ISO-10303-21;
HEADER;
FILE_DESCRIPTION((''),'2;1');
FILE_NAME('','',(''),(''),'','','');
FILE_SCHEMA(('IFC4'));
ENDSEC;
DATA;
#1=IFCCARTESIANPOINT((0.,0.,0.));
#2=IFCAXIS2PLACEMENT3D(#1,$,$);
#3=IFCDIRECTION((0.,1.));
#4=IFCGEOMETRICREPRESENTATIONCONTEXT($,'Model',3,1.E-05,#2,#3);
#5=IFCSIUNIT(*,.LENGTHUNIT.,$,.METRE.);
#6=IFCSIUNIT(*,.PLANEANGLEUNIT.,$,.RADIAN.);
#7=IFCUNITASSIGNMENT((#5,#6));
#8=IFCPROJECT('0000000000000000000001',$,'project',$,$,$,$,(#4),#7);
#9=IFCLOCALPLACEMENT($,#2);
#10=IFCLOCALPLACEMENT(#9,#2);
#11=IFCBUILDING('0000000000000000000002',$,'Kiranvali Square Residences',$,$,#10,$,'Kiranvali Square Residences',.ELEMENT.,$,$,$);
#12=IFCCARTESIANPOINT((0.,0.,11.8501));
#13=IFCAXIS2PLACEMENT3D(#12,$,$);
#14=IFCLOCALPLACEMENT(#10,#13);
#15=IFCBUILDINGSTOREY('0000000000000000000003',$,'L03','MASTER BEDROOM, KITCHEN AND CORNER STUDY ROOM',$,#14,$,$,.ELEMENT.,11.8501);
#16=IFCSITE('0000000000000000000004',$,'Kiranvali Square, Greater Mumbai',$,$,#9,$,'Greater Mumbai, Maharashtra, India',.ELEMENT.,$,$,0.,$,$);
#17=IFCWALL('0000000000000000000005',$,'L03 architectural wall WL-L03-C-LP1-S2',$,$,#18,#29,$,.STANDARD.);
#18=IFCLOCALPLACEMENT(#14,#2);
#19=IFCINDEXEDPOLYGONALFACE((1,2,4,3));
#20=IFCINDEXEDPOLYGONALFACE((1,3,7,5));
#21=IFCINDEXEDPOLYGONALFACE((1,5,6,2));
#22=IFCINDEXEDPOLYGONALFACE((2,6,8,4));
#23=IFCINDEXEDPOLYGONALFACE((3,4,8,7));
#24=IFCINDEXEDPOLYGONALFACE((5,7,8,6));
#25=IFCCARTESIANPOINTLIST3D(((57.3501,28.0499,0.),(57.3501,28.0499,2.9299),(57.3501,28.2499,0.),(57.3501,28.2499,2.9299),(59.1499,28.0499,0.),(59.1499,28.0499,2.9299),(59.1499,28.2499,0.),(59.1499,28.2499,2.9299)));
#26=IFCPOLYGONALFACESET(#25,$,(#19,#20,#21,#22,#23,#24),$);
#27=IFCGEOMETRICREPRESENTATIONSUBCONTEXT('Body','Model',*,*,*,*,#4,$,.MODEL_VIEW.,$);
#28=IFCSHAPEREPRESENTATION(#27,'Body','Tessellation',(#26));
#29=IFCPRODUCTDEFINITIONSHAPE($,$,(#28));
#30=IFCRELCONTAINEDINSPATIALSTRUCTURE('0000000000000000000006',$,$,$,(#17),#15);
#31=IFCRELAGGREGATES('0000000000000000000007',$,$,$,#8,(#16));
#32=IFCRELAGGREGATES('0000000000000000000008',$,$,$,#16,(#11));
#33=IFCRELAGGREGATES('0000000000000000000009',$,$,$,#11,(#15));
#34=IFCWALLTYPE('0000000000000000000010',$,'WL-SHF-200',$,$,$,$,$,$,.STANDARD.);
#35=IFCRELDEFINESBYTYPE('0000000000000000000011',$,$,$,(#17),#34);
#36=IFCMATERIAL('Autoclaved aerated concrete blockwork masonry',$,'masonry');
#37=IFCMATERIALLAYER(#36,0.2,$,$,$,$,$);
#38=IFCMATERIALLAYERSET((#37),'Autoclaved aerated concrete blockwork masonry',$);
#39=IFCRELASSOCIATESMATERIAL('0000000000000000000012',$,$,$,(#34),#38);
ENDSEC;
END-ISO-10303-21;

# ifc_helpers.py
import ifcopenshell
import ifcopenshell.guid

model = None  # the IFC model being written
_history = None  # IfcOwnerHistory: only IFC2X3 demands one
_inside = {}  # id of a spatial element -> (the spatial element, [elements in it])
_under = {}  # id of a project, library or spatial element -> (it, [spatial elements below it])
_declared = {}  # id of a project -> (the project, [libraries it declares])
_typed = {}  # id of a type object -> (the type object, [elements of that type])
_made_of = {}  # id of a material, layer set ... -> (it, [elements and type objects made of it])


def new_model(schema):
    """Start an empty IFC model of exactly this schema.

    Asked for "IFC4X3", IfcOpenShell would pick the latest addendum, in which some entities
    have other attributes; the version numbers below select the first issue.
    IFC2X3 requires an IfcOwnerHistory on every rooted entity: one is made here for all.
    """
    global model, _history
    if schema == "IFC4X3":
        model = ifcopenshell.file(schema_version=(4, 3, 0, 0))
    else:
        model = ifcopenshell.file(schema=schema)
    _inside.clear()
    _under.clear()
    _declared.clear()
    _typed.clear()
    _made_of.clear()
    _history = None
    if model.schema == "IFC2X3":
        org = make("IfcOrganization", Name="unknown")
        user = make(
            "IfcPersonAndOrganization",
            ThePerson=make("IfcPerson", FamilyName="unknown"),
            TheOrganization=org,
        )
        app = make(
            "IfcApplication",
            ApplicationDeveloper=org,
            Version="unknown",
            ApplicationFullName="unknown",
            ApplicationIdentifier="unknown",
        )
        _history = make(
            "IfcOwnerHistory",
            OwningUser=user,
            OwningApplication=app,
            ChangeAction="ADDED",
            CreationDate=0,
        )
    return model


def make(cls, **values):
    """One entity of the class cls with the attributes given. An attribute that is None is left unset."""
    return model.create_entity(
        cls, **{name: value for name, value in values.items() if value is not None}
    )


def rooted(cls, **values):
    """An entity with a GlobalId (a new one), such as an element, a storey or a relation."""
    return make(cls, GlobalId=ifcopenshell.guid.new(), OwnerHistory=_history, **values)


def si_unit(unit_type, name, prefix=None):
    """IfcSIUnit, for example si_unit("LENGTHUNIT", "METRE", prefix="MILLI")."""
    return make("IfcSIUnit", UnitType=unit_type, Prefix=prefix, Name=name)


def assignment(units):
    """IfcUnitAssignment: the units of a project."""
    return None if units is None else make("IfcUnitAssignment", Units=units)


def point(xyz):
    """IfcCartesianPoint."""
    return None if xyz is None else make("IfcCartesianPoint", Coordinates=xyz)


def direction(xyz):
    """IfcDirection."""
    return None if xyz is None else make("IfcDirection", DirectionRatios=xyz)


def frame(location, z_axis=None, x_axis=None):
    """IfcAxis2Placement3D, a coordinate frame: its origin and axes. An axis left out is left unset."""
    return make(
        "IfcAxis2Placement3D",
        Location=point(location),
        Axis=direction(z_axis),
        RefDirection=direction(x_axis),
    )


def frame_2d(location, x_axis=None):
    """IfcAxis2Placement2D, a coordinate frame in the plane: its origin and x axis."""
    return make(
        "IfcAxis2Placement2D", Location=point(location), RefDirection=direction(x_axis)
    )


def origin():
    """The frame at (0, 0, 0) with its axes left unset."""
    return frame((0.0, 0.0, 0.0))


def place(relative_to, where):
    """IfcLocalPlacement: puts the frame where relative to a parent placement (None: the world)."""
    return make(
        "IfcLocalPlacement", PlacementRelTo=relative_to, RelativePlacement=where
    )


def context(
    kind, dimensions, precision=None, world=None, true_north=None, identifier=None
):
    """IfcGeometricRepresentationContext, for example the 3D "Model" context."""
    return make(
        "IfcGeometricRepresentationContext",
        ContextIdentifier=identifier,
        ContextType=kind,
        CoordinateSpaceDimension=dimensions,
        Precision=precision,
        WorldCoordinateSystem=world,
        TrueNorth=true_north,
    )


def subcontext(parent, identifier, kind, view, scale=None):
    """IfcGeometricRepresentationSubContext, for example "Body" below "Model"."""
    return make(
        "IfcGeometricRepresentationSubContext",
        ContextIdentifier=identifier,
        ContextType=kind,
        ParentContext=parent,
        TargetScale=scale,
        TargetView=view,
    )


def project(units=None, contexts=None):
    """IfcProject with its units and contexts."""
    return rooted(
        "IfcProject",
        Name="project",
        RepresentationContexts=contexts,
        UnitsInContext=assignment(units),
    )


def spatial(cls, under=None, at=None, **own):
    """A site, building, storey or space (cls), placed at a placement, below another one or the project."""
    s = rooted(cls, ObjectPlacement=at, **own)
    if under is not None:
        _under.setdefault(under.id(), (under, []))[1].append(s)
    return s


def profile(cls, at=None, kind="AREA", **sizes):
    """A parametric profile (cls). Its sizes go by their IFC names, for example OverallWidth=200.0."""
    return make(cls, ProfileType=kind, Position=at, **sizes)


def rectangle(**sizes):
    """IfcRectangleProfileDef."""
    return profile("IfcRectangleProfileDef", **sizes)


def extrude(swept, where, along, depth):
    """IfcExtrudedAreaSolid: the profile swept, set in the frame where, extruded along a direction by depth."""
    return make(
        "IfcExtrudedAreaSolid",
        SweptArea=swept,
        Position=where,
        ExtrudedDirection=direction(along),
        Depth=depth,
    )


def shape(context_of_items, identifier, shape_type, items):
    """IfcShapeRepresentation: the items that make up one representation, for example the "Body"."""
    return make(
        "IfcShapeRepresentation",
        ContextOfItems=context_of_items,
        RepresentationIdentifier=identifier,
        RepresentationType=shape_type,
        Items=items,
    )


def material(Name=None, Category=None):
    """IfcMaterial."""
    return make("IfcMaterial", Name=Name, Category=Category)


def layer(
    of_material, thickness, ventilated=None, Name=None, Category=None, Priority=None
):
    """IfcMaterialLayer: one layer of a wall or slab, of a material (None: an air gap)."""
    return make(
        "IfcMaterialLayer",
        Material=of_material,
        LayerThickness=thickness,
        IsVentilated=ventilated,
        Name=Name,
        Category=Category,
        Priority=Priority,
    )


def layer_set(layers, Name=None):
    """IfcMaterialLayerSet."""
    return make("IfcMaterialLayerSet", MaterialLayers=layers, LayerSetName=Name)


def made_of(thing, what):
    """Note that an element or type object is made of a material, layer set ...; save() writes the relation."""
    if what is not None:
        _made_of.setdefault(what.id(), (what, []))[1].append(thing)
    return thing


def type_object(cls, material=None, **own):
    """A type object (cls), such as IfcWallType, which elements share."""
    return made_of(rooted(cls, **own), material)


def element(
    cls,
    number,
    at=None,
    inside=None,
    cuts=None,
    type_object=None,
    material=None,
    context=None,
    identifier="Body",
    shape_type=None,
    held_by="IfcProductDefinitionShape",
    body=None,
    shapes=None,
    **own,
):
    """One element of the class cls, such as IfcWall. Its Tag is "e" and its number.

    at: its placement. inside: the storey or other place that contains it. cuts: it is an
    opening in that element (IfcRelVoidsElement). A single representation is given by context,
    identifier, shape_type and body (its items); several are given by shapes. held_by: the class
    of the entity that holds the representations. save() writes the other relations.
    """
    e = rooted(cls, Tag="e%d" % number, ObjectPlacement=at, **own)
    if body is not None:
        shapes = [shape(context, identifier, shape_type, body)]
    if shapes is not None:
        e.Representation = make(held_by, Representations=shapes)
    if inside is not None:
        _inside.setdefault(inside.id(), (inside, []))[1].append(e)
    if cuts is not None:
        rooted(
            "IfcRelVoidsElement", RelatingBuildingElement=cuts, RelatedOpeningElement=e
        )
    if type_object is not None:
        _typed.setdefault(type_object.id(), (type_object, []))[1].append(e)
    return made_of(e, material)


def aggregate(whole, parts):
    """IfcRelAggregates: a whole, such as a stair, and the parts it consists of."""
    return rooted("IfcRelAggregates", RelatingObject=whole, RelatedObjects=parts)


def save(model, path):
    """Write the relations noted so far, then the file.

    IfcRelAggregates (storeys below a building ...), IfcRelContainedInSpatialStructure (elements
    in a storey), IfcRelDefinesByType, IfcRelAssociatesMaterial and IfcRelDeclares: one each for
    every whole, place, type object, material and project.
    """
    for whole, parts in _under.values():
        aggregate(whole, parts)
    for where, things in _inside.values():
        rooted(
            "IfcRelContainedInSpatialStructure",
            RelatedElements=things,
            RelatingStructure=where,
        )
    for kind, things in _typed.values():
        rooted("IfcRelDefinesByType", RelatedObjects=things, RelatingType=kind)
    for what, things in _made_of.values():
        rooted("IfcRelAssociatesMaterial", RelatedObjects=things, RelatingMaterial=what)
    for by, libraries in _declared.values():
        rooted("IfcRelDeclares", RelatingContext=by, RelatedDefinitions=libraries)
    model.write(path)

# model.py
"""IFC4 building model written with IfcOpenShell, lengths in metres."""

from ifc_helpers import new_model, si_unit, direction, frame, frame_2d, origin, place, context, subcontext, project, spatial, rectangle, extrude, material, layer, layer_set, type_object, element, save


model = new_model("IFC4")

# Units and contexts
model_context = context("Model", 3, precision=1e-05, world=origin(), true_north=direction((0.0, 1.0)))
body_context = subcontext(model_context, "Body", "Model", "MODEL_VIEW")
ifc_project = project(units=[si_unit("LENGTHUNIT", "METRE"), si_unit("PLANEANGLEUNIT", "RADIAN")], contexts=[model_context])

# Site, building, storey
site_placement = place(None, origin())
site = spatial("IfcSite", under=ifc_project, at=site_placement, Name="Kiranvali Square, Greater Mumbai", LongName="Greater Mumbai, Maharashtra, India", CompositionType="ELEMENT", RefElevation=0.0)
building_placement = place(site_placement, origin())
building = spatial("IfcBuilding", under=site, at=building_placement, Name="Kiranvali Square Residences", LongName="Kiranvali Square Residences", CompositionType="ELEMENT")
storey_placement = place(building_placement, frame((0.0, 0.0, 11.8501)))
storey = spatial("IfcBuildingStorey", under=building, at=storey_placement, Name="L03", Description="MASTER BEDROOM, KITCHEN AND CORNER STUDY ROOM", CompositionType="ELEMENT", Elevation=11.8501)

# Shared definitions
ifc_material_1 = material(Name="Autoclaved aerated concrete blockwork masonry", Category="masonry")

# Wall
ifc_layer_1 = layer(ifc_material_1, 0.2)
ifc_layer_set_1 = layer_set([ifc_layer_1], Name="Autoclaved aerated concrete blockwork masonry")
wall_type_1 = type_object("IfcWallType", Name="WL-SHF-200", PredefinedType="STANDARD", material=ifc_layer_set_1)
wall_1_placement = place(storey_placement, frame((57.3501, 28.1499, 0.0), z_axis=(0.0, 0.0, 1.0), x_axis=(1.0, 0.0, 0.0)))
element("IfcWall", 1, at=wall_1_placement, inside=storey, type_object=wall_type_1, Name="L03 architectural wall WL-L03-C-LP1-S2", PredefinedType="STANDARD", context=body_context, shape_type="SweptSolid", body=[
    extrude(rectangle(XDim=1.7998, YDim=0.2, at=frame_2d((0.8999, 0.0))), origin(), (0.0, 0.0, 1.0), 2.9299),
])

save(model, "model.ifc")
